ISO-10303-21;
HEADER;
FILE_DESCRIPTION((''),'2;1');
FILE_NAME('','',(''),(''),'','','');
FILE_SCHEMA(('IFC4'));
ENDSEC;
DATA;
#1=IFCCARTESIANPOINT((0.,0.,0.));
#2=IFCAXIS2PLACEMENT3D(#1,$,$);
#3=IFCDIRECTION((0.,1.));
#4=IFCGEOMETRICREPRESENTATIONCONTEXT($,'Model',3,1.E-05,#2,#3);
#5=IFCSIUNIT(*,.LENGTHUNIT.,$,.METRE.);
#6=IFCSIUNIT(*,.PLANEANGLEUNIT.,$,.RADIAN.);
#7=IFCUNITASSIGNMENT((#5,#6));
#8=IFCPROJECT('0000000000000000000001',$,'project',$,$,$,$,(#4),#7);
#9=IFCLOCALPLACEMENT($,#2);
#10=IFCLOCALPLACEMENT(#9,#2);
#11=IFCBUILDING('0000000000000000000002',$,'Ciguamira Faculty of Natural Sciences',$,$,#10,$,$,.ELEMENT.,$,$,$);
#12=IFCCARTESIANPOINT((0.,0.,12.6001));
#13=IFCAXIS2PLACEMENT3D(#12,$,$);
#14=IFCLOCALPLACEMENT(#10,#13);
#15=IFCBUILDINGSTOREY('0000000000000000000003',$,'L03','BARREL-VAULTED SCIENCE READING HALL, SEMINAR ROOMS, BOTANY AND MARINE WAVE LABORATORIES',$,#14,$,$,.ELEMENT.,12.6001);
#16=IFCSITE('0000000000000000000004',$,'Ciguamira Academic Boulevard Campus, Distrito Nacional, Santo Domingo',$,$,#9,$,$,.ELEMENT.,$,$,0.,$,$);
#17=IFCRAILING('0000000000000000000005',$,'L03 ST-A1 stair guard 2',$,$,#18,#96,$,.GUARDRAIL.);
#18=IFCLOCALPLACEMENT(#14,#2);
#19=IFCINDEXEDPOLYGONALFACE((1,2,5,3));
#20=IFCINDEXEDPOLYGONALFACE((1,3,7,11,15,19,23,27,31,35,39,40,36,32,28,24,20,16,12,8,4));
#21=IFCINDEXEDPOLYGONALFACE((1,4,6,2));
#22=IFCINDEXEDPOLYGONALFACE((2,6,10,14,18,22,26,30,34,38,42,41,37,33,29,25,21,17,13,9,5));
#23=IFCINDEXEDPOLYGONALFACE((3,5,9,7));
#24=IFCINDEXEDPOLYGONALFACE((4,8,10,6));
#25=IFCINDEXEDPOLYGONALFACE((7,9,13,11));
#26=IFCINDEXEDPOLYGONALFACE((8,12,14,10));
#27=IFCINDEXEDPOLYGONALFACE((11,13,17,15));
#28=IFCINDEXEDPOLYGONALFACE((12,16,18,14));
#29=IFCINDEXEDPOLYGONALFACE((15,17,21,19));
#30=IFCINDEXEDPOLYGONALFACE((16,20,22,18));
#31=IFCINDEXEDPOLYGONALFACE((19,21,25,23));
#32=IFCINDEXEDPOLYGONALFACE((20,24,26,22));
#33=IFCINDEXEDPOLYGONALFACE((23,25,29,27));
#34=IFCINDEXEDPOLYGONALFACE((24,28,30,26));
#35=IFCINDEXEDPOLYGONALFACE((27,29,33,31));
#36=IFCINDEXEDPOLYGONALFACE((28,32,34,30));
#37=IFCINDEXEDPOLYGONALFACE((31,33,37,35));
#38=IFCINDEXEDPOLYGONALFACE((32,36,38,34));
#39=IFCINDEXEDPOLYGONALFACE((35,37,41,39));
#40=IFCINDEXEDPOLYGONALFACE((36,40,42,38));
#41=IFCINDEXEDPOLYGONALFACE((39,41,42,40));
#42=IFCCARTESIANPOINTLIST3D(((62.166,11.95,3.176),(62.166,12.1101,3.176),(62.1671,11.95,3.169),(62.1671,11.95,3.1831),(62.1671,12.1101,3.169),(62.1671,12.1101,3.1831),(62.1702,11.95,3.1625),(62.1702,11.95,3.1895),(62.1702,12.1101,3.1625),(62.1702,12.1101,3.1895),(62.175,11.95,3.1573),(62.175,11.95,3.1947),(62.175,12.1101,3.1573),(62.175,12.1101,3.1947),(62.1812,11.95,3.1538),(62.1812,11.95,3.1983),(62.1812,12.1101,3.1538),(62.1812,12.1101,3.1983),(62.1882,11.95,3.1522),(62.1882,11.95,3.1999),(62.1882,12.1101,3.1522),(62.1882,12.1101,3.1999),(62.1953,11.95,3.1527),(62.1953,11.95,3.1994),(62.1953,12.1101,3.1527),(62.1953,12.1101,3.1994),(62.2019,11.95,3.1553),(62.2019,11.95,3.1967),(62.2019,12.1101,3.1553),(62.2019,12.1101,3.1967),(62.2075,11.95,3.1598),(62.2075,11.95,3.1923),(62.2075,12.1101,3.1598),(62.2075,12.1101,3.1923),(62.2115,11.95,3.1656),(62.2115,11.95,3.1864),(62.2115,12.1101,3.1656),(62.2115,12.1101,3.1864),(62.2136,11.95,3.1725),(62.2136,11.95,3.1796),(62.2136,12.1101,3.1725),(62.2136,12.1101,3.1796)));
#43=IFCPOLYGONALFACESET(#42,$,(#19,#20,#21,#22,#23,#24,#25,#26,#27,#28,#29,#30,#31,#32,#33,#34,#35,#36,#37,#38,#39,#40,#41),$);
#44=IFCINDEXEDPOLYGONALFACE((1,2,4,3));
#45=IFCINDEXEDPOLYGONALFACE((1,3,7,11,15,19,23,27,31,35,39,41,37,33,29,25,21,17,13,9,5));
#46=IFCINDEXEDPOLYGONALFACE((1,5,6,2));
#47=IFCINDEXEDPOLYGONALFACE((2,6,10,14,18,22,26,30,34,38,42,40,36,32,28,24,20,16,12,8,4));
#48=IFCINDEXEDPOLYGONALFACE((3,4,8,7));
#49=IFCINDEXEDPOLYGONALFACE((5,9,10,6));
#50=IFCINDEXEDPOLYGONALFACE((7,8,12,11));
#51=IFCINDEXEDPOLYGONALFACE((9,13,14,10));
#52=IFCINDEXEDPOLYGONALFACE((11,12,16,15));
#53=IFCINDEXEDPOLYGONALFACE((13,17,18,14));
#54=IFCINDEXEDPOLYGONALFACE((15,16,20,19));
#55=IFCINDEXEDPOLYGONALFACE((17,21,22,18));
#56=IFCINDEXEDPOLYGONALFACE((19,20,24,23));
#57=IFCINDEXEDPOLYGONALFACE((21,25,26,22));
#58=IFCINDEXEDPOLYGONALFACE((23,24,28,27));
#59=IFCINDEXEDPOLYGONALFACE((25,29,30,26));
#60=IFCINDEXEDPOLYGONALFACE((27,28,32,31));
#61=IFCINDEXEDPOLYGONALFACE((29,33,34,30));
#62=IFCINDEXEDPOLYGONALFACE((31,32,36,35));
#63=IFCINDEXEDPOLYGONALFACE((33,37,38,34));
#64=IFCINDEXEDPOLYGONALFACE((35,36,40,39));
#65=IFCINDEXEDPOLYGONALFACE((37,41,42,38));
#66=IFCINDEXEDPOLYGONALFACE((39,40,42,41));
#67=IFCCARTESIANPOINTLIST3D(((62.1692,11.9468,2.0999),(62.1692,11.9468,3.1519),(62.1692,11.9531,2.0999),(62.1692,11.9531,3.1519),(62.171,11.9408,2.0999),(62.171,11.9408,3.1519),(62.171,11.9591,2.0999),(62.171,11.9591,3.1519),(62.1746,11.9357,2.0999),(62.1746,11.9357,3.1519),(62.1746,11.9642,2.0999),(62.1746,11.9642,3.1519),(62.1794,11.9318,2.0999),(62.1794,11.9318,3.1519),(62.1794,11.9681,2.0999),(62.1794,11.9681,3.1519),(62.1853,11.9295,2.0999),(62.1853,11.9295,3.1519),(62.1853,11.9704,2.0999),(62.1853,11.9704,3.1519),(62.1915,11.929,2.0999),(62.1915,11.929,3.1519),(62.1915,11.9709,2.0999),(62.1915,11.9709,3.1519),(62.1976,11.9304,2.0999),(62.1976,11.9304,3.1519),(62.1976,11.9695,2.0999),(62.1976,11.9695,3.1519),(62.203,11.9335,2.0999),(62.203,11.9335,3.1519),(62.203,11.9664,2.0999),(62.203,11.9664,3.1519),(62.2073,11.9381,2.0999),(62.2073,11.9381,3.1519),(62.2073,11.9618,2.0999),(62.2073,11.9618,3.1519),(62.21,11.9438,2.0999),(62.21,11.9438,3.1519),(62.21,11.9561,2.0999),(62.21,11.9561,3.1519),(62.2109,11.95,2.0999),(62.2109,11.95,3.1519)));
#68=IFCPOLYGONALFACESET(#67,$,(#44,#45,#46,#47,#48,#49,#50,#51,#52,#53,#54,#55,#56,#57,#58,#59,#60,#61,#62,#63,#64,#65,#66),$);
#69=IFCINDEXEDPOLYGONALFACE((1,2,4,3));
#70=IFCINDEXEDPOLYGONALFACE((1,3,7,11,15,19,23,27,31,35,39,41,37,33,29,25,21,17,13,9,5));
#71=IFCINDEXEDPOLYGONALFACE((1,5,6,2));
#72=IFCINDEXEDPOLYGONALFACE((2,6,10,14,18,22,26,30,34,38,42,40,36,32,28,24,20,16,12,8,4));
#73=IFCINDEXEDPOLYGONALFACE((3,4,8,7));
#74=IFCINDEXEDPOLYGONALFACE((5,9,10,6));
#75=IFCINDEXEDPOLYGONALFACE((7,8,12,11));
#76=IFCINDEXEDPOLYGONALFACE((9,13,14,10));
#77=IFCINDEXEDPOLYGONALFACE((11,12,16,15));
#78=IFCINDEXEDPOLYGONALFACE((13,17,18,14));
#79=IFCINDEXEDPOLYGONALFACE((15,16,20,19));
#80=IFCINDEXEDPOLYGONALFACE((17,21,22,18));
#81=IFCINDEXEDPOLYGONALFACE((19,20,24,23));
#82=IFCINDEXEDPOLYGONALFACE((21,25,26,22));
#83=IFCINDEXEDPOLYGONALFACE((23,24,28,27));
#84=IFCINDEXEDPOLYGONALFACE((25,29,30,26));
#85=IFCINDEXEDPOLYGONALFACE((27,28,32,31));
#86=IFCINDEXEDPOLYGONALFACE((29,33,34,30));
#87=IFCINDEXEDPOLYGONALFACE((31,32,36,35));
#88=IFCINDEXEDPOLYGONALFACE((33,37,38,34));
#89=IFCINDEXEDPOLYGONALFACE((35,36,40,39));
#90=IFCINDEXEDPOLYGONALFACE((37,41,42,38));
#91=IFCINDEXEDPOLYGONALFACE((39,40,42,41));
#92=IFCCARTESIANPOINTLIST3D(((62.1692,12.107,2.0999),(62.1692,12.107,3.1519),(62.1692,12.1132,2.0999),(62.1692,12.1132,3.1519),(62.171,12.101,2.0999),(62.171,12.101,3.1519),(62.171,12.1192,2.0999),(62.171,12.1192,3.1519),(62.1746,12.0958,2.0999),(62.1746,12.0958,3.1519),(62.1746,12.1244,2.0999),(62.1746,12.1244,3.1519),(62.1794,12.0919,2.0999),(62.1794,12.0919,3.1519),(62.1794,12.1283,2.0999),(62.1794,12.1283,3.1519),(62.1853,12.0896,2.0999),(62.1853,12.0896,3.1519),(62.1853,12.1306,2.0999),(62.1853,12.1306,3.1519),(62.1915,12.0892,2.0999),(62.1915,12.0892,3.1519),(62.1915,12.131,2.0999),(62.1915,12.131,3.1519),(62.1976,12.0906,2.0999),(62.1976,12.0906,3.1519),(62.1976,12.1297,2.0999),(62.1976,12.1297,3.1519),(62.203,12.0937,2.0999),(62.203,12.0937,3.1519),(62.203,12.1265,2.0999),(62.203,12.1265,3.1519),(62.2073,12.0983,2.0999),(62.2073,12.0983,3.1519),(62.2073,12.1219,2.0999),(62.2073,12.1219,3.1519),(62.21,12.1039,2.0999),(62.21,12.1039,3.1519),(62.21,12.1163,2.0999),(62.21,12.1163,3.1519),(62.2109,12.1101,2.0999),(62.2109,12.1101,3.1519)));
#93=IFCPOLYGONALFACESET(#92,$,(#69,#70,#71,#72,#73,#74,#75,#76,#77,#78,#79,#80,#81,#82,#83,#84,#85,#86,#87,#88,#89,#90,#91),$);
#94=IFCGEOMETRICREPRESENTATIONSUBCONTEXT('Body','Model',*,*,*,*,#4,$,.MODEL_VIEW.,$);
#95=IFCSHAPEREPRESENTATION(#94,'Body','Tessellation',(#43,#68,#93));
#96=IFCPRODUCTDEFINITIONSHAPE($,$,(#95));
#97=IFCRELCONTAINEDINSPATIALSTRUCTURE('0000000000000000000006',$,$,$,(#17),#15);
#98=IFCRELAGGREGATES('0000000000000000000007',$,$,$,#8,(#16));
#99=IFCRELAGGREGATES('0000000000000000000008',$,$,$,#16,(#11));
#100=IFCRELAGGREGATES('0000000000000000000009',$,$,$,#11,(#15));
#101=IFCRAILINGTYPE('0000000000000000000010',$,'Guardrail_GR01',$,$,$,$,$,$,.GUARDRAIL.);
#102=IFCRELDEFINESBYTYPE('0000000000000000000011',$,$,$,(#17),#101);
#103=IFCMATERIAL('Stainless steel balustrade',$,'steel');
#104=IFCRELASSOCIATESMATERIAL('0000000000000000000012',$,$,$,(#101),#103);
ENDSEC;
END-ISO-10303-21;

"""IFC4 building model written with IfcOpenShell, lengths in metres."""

from ifc_helpers import new_model, si_unit, direction, frame, origin, origin_2d, place, context, subcontext, project, spatial, circle, extrude, material, type_object, element, save


model = new_model("IFC4")

# Units and contexts
model_context = context("Model", 3, precision=1e-05, world=origin(), true_north=direction((0.0, 1.0)))
body_context = subcontext(model_context, "Body", "Model", "MODEL_VIEW")
ifc_project = project(units=[si_unit("LENGTHUNIT", "METRE"), si_unit("PLANEANGLEUNIT", "RADIAN")], contexts=[model_context])

# Site, building, storey
site_placement = place(None, origin())
site = spatial("IfcSite", under=ifc_project, at=site_placement, Name="Ciguamira Academic Boulevard Campus, Distrito Nacional, Santo Domingo", CompositionType="ELEMENT", RefElevation=0.0)
building_placement = place(site_placement, origin())
building = spatial("IfcBuilding", under=site, at=building_placement, Name="Ciguamira Faculty of Natural Sciences", CompositionType="ELEMENT")
storey_placement = place(building_placement, frame((0.0, 0.0, 12.6001)))
storey = spatial("IfcBuildingStorey", under=building, at=storey_placement, Name="L03", Description="BARREL-VAULTED SCIENCE READING HALL, SEMINAR ROOMS, BOTANY AND MARINE WAVE LABORATORIES", CompositionType="ELEMENT", Elevation=12.6001)

# Railing
ifc_material_1 = material(Name="Stainless steel balustrade", Category="steel")
railing_type_1 = type_object("IfcRailingType", Name="Guardrail_GR01", PredefinedType="GUARDRAIL", material=ifc_material_1)
railing_1_placement = place(storey_placement, frame((62.1899, 11.95, 2.0999)))
element("IfcRailing", 1, at=railing_1_placement, inside=storey, type_object=railing_type_1, Name="L03 ST-A1 stair guard 2", PredefinedType="GUARDRAIL", context=body_context, shape_type="SweptSolid", body=[
    extrude(circle(Radius=0.0239, at=origin_2d()), frame((0.0, 0.0, 1.0762), z_axis=(0.0, 1.0, 0.0), x_axis=(-1.0, 0.0, 0.0)), (0.0, 0.0, 1.0), 0.1602),
    extrude(circle(Radius=0.021, at=origin_2d()), origin(), (0.0, 0.0, 1.0), 1.052),
    extrude(circle(Radius=0.021, at=origin_2d()), frame((0.0, 0.1602, 0.0)), (0.0, 0.0, 1.0), 1.052),
])

save(model, "model.ifc")
